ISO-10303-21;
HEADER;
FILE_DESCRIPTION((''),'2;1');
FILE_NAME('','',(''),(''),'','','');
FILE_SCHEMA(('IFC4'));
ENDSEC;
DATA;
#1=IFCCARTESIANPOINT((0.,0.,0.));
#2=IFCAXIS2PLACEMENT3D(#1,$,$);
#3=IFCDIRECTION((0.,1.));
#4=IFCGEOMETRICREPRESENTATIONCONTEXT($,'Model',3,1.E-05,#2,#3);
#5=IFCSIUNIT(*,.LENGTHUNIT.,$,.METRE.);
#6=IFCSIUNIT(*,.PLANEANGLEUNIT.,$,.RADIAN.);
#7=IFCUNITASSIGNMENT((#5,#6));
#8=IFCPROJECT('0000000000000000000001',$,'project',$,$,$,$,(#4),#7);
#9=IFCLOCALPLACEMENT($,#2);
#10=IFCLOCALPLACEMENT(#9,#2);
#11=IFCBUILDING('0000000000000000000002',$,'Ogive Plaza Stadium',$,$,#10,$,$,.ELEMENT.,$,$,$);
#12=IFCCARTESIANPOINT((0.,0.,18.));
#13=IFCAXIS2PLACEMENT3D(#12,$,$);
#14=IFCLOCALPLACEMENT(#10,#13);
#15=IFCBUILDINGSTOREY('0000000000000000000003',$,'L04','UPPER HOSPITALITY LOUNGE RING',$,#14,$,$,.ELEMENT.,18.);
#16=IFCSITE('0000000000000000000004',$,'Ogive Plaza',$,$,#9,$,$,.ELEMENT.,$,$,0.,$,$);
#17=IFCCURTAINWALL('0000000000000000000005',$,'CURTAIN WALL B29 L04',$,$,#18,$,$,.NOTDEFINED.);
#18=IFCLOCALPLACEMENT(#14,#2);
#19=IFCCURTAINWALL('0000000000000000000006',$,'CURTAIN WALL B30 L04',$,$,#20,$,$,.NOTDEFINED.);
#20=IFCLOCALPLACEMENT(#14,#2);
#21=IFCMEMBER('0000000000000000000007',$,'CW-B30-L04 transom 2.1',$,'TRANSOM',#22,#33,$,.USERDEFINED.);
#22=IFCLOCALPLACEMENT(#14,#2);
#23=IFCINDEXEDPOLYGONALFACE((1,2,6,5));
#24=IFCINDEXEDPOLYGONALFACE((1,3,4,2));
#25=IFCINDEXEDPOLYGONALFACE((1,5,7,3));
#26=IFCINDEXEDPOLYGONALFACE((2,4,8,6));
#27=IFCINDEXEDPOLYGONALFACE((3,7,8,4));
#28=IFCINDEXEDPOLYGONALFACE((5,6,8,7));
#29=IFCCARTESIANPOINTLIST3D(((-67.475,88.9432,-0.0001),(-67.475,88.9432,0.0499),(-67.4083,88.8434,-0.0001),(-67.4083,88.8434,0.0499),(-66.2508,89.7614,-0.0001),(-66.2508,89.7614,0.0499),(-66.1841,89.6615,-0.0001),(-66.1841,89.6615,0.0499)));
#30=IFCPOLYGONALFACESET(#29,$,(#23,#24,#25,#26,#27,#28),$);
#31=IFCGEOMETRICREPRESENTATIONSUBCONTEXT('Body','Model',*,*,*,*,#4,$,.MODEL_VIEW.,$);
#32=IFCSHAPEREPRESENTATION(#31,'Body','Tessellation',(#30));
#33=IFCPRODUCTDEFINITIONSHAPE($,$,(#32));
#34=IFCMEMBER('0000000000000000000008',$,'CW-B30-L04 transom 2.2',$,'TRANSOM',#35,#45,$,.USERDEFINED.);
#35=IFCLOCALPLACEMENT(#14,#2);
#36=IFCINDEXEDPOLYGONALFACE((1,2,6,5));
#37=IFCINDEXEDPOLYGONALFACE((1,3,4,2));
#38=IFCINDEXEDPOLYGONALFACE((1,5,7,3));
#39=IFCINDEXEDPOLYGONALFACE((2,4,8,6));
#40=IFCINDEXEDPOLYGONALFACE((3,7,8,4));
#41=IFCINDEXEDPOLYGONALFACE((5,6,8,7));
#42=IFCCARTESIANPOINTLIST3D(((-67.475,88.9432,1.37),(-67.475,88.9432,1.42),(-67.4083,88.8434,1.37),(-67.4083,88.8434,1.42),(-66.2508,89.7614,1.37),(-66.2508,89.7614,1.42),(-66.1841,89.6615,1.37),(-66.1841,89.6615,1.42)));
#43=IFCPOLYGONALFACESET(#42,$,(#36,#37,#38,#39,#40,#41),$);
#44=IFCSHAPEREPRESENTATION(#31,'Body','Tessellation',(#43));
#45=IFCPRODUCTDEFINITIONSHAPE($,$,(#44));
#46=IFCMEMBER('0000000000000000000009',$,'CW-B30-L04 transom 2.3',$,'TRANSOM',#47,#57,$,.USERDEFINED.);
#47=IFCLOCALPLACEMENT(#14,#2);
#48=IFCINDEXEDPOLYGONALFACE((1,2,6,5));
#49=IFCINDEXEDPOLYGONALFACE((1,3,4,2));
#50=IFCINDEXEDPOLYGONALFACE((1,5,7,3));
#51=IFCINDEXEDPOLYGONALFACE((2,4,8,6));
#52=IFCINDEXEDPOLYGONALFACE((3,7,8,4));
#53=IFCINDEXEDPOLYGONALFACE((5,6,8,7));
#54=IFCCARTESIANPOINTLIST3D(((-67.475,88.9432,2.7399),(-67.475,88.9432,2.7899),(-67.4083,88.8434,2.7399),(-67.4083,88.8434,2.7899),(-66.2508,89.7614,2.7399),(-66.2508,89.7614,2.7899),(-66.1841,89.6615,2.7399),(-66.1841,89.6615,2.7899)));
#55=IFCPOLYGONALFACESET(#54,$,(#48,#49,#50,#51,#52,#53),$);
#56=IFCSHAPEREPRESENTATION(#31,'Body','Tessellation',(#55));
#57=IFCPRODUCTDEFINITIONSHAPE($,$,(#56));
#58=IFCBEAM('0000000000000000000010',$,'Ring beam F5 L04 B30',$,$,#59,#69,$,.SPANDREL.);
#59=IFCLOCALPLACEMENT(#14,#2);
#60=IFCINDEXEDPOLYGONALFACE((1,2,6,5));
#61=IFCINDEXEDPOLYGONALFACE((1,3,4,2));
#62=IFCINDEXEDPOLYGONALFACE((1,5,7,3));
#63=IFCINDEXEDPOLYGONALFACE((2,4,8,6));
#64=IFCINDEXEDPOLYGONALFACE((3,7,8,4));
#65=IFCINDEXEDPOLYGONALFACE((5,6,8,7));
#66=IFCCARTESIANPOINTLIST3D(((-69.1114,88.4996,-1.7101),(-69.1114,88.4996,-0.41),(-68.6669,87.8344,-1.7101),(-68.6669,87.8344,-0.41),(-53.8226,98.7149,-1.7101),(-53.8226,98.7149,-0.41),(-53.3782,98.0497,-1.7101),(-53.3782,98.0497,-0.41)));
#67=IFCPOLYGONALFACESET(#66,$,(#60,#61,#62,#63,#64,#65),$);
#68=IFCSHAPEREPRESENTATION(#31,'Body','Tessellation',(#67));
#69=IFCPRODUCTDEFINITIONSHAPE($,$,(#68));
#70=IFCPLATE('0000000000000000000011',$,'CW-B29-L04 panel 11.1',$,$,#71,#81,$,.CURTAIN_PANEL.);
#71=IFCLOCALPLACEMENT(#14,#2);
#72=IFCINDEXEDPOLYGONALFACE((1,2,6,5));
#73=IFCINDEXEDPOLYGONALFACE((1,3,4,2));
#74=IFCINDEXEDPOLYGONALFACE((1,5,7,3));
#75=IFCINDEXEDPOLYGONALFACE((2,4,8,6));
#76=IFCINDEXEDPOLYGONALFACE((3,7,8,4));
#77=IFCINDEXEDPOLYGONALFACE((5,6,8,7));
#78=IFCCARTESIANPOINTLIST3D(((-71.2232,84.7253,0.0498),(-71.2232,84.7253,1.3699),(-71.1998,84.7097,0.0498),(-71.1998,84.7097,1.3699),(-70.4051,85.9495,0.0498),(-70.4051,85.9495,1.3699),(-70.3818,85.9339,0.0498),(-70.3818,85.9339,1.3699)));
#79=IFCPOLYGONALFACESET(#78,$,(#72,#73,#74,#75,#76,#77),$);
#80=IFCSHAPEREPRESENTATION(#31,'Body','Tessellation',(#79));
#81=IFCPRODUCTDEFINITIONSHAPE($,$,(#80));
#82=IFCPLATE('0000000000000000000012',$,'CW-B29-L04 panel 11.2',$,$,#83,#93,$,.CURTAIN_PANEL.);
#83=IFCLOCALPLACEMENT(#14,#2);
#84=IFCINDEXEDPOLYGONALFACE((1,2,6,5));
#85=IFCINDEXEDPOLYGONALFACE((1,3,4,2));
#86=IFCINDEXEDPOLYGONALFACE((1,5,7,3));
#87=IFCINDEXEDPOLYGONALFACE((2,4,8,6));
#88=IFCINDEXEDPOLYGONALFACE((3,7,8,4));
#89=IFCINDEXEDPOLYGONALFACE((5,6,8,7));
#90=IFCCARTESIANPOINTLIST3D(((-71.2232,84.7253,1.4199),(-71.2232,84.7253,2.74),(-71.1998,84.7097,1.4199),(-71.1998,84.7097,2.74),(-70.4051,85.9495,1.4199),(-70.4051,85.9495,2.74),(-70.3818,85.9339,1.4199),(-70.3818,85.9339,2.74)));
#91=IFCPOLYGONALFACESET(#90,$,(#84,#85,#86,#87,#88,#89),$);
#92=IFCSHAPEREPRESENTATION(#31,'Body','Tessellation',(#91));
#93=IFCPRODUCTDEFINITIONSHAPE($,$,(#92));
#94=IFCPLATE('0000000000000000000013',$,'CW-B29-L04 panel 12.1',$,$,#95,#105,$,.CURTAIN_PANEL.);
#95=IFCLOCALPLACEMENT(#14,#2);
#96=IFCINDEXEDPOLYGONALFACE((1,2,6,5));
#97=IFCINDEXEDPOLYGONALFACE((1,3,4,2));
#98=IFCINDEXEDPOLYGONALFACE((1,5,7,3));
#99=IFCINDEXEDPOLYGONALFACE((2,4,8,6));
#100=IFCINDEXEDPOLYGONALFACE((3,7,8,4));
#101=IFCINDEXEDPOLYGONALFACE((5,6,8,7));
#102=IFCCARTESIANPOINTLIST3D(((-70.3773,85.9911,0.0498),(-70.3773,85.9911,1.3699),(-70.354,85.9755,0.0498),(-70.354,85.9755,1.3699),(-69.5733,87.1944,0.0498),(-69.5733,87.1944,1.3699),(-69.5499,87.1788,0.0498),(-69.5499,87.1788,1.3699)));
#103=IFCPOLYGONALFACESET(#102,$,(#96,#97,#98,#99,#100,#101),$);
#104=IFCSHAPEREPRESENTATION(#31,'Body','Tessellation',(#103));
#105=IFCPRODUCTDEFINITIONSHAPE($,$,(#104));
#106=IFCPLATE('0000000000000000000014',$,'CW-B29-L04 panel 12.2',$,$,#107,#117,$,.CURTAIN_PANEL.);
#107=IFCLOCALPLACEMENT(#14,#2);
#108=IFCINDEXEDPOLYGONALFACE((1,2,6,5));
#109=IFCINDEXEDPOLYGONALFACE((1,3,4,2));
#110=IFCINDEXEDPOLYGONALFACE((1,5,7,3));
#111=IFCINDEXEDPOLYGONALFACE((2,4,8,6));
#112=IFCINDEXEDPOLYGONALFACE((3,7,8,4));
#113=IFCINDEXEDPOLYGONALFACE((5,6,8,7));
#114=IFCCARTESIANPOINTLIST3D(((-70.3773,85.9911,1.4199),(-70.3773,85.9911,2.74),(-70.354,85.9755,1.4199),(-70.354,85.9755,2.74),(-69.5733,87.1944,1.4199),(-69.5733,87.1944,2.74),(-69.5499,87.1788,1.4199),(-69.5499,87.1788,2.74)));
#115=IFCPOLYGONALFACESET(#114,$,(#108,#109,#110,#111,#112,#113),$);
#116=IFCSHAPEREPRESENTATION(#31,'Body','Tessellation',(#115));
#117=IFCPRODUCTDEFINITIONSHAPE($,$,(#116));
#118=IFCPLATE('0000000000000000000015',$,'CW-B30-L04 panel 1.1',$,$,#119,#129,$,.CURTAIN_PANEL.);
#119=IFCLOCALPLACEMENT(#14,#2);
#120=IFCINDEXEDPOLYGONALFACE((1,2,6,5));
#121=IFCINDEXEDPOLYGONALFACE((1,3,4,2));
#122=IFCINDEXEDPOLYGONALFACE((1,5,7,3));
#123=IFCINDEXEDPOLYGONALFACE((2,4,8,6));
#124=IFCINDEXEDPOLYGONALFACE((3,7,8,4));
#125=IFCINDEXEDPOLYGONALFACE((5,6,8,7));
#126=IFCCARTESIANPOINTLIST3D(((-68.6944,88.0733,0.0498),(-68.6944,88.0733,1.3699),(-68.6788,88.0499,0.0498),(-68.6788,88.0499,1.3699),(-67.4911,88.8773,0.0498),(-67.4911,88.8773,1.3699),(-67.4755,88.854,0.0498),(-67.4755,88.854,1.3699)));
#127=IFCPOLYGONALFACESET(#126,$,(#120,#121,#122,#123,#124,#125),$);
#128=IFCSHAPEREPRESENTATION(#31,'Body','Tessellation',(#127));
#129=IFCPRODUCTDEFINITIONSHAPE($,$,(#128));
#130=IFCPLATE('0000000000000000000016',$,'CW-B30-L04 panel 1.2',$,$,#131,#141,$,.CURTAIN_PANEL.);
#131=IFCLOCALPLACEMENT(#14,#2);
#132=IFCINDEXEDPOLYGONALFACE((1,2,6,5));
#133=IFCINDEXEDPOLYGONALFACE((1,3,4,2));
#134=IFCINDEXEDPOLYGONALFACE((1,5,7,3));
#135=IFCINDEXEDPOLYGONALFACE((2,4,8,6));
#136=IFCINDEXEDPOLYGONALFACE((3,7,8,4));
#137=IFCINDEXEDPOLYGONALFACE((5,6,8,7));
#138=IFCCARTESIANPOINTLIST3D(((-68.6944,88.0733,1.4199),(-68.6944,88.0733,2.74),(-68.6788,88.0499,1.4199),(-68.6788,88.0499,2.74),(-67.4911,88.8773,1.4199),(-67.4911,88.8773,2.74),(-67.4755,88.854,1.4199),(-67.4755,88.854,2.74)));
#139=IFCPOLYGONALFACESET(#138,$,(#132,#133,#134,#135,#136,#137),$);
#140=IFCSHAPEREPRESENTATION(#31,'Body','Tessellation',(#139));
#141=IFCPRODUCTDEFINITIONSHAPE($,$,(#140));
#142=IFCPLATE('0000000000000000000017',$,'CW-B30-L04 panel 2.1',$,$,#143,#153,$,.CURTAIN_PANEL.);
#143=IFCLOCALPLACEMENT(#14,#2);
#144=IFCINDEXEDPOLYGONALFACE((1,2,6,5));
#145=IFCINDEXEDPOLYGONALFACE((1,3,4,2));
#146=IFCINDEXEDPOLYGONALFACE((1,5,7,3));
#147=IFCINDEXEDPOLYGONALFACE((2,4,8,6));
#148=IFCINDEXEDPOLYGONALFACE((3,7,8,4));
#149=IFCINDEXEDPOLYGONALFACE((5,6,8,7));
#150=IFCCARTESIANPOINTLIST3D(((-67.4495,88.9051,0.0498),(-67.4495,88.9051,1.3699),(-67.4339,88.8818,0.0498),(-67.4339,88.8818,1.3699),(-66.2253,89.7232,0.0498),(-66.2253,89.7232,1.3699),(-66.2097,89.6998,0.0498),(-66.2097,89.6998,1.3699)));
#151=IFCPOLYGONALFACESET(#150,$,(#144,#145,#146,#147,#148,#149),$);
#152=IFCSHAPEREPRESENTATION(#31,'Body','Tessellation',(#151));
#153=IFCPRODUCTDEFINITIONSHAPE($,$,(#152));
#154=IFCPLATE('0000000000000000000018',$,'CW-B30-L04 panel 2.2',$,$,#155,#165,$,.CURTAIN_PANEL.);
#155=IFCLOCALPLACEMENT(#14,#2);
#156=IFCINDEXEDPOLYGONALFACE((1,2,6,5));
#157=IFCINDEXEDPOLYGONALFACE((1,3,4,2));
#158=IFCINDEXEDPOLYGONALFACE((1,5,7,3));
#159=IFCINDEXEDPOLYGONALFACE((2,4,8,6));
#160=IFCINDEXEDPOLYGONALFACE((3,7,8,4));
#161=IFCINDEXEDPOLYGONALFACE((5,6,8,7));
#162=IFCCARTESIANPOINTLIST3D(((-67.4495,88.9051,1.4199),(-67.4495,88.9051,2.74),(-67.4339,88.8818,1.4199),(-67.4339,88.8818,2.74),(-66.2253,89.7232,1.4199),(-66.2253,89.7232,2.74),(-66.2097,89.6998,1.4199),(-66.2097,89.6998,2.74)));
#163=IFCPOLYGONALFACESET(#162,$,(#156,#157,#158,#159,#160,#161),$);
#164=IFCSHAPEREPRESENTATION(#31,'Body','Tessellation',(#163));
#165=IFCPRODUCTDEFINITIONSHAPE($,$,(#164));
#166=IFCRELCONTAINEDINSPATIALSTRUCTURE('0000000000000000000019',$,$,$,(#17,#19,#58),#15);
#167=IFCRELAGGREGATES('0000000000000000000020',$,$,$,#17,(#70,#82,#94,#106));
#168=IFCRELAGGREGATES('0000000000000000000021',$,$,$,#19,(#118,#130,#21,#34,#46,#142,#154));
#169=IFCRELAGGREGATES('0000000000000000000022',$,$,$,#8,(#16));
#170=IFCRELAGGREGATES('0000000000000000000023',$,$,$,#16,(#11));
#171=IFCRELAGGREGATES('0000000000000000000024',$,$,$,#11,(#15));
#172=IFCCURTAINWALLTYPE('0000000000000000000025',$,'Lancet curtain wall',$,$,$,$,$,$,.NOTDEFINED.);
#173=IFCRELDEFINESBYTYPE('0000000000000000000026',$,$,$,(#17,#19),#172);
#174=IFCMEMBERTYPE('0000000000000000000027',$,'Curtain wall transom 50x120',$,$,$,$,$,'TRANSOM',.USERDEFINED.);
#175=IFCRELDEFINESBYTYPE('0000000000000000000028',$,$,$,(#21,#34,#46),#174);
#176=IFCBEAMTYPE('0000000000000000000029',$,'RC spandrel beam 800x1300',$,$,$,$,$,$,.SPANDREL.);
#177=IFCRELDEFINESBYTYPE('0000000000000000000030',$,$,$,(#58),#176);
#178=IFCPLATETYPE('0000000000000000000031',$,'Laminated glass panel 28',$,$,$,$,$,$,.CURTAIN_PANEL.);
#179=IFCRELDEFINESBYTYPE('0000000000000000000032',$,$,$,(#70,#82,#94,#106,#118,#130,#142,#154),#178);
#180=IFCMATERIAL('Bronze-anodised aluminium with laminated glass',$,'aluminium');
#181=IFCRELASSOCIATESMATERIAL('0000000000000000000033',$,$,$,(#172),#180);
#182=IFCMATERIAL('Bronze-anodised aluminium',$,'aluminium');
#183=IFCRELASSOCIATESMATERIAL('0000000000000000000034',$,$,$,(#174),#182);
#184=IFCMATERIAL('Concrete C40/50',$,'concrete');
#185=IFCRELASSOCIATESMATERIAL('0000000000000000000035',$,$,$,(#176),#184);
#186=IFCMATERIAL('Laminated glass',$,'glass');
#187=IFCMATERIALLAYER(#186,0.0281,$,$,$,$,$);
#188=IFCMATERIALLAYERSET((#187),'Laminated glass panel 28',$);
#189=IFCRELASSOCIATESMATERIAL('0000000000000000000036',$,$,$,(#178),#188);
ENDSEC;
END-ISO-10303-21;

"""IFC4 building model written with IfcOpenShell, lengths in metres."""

from ifc_helpers import new_model, si_unit, direction, frame, origin, origin_2d, place, context, subcontext, project, spatial, rectangle, extrude, material, layer, layer_set, material_profile, profile_set, type_object, element, aggregate, save


model = new_model("IFC4")

# Units and contexts
model_context = context("Model", 3, precision=1e-05, world=origin(), true_north=direction((0.0, 1.0)))
body_context = subcontext(model_context, "Body", "Model", "MODEL_VIEW")
ifc_project = project(units=[si_unit("LENGTHUNIT", "METRE"), si_unit("PLANEANGLEUNIT", "RADIAN")], contexts=[model_context])

# Site, building, storey
site_placement = place(None, origin())
site = spatial("IfcSite", under=ifc_project, at=site_placement, Name="Ogive Plaza", CompositionType="ELEMENT", RefElevation=0.0)
building_placement = place(site_placement, origin())
building = spatial("IfcBuilding", under=site, at=building_placement, Name="Ogive Plaza Stadium", CompositionType="ELEMENT")
storey_placement = place(building_placement, frame((0.0, 0.0, 18.0)))
storey = spatial("IfcBuildingStorey", under=building, at=storey_placement, Name="L04", Description="UPPER HOSPITALITY LOUNGE RING", CompositionType="ELEMENT", Elevation=18.0)

# Curtain walls
ifc_material_1 = material(Name="Bronze-anodised aluminium with laminated glass", Category="aluminium")
curtain_wall_type = type_object("IfcCurtainWallType", Name="Lancet curtain wall", PredefinedType="NOTDEFINED", material=ifc_material_1)
curtain_wall_1_placement = place(storey_placement, origin())
curtain_wall_1 = element("IfcCurtainWall", 1, at=curtain_wall_1_placement, inside=storey, type_object=curtain_wall_type, Name="CURTAIN WALL B29 L04", PredefinedType="NOTDEFINED")
curtain_wall_2_placement = place(storey_placement, origin())
curtain_wall_2 = element("IfcCurtainWall", 2, at=curtain_wall_2_placement, inside=storey, type_object=curtain_wall_type, Name="CURTAIN WALL B30 L04", PredefinedType="NOTDEFINED")

# Members
ifc_material_2 = material(Name="Bronze-anodised aluminium", Category="aluminium")
ifc_material_profile_1 = material_profile(ifc_material_2, rectangle(XDim=0.1201, YDim=0.05, at=origin_2d()), Name="AL 120x50")
ifc_profile_set_1 = profile_set([ifc_material_profile_1], Name="Bronze-anodised aluminium")
member_type_1 = type_object("IfcMemberType", Name="Curtain wall transom 50x120", ElementType="TRANSOM", PredefinedType="USERDEFINED", material=ifc_profile_set_1)
member_1_placement = place(storey_placement, frame((-67.4417, 88.8933, 0.0249), z_axis=(0.831412, 0.555656, 0.0), x_axis=(-0.555656, 0.831412, 0.0)))
member_1 = element("IfcMember", 3, at=member_1_placement, type_object=member_type_1, Name="CW-B30-L04 transom 2.1", ObjectType="TRANSOM", PredefinedType="USERDEFINED", context=body_context, shape_type="SweptSolid", body=[
    extrude(rectangle(XDim=0.1201, YDim=0.05, at=origin_2d()), origin(), (0.0, 0.0, 1.0), 1.4724),
])
member_2_placement = place(storey_placement, frame((-67.4417, 88.8933, 1.395), z_axis=(0.831412, 0.555656, 0.0), x_axis=(-0.555656, 0.831412, 0.0)))
member_2 = element("IfcMember", 4, at=member_2_placement, type_object=member_type_1, Name="CW-B30-L04 transom 2.2", ObjectType="TRANSOM", PredefinedType="USERDEFINED", context=body_context, shape_type="SweptSolid", body=[
    extrude(rectangle(XDim=0.1201, YDim=0.05, at=origin_2d()), origin(), (0.0, 0.0, 1.0), 1.4724),
])
member_3_placement = place(storey_placement, frame((-67.4417, 88.8933, 2.7649), z_axis=(0.831412, 0.555656, 0.0), x_axis=(-0.555656, 0.831412, 0.0)))
member_3 = element("IfcMember", 5, at=member_3_placement, type_object=member_type_1, Name="CW-B30-L04 transom 2.3", ObjectType="TRANSOM", PredefinedType="USERDEFINED", context=body_context, shape_type="SweptSolid", body=[
    extrude(rectangle(XDim=0.1201, YDim=0.05, at=origin_2d()), origin(), (0.0, 0.0, 1.0), 1.4724),
])

# Beam
ifc_material_3 = material(Name="Concrete C40/50", Category="concrete")
ifc_material_profile_2 = material_profile(ifc_material_3, rectangle(XDim=0.8, YDim=1.3, at=origin_2d()), Name="RC 800x1300")
ifc_profile_set_2 = profile_set([ifc_material_profile_2], Name="Concrete C40/50")
beam_type = type_object("IfcBeamType", Name="RC spandrel beam 800x1300", PredefinedType="SPANDREL", material=ifc_profile_set_2)
beam_placement = place(storey_placement, frame((-68.8892, 88.167, -1.0601), z_axis=(0.831478, 0.555558, 0.0), x_axis=(-0.555558, 0.831478, 0.0)))
element("IfcBeam", 6, at=beam_placement, inside=storey, type_object=beam_type, Name="Ring beam F5 L04 B30", PredefinedType="SPANDREL", context=body_context, shape_type="SweptSolid", body=[
    extrude(rectangle(XDim=0.8, YDim=1.3, at=origin_2d()), origin(), (0.0, 0.0, 1.0), 18.3875),
])

# Plates
ifc_material_4 = material(Name="Laminated glass", Category="glass")
ifc_layer = layer(ifc_material_4, 0.0281)
ifc_layer_set = layer_set([ifc_layer], Name="Laminated glass panel 28")
plate_type = type_object("IfcPlateType", Name="Laminated glass panel 28", PredefinedType="CURTAIN_PANEL", material=ifc_layer_set)
plate_1_placement = place(storey_placement, frame((-70.8025, 85.3296, 0.0498), z_axis=(0.0, 0.0, 1.0), x_axis=(0.55557, 0.83147, 0.0)))
plate_1 = element("IfcPlate", 7, at=plate_1_placement, type_object=plate_type, Name="CW-B29-L04 panel 11.1", PredefinedType="CURTAIN_PANEL", context=body_context, shape_type="SweptSolid", body=[
    extrude(rectangle(XDim=1.4724, YDim=0.0281, at=origin_2d()), origin(), (0.0, 0.0, 1.0), 1.3201),
])
plate_2_placement = place(storey_placement, frame((-70.8025, 85.3296, 1.4199), z_axis=(0.0, 0.0, 1.0), x_axis=(0.55557, 0.83147, 0.0)))
plate_2 = element("IfcPlate", 8, at=plate_2_placement, type_object=plate_type, Name="CW-B29-L04 panel 11.2", PredefinedType="CURTAIN_PANEL", context=body_context, shape_type="SweptSolid", body=[
    extrude(rectangle(XDim=1.4724, YDim=0.0281, at=origin_2d()), origin(), (0.0, 0.0, 1.0), 1.3201),
])
plate_3_placement = place(storey_placement, frame((-69.9636, 86.585, 0.0498), z_axis=(0.0, 0.0, 1.0), x_axis=(0.55557, 0.83147, 0.0)))
plate_3 = element("IfcPlate", 9, at=plate_3_placement, type_object=plate_type, Name="CW-B29-L04 panel 12.1", PredefinedType="CURTAIN_PANEL", context=body_context, shape_type="SweptSolid", body=[
    extrude(rectangle(XDim=1.4473, YDim=0.0281, at=origin_2d()), origin(), (0.0, 0.0, 1.0), 1.3201),
])
plate_4_placement = place(storey_placement, frame((-69.9636, 86.585, 1.4199), z_axis=(0.0, 0.0, 1.0), x_axis=(0.55557, 0.83147, 0.0)))
plate_4 = element("IfcPlate", 10, at=plate_4_placement, type_object=plate_type, Name="CW-B29-L04 panel 12.2", PredefinedType="CURTAIN_PANEL", context=body_context, shape_type="SweptSolid", body=[
    extrude(rectangle(XDim=1.4473, YDim=0.0281, at=origin_2d()), origin(), (0.0, 0.0, 1.0), 1.3201),
])
aggregate(curtain_wall_1, [plate_1, plate_2, plate_3, plate_4])
plate_5_placement = place(storey_placement, frame((-68.085, 88.4636, 0.0498), z_axis=(0.0, 0.0, 1.0), x_axis=(0.83147, 0.55557, 0.0)))
plate_5 = element("IfcPlate", 11, at=plate_5_placement, type_object=plate_type, Name="CW-B30-L04 panel 1.1", PredefinedType="CURTAIN_PANEL", context=body_context, shape_type="SweptSolid", body=[
    extrude(rectangle(XDim=1.4473, YDim=0.0281, at=origin_2d()), origin(), (0.0, 0.0, 1.0), 1.3201),
])
plate_6_placement = place(storey_placement, frame((-68.085, 88.4636, 1.4199), z_axis=(0.0, 0.0, 1.0), x_axis=(0.83147, 0.55557, 0.0)))
plate_6 = element("IfcPlate", 12, at=plate_6_placement, type_object=plate_type, Name="CW-B30-L04 panel 1.2", PredefinedType="CURTAIN_PANEL", context=body_context, shape_type="SweptSolid", body=[
    extrude(rectangle(XDim=1.4473, YDim=0.0281, at=origin_2d()), origin(), (0.0, 0.0, 1.0), 1.3201),
])
plate_7_placement = place(storey_placement, frame((-66.8296, 89.3025, 0.0498), z_axis=(0.0, 0.0, 1.0), x_axis=(0.83147, 0.55557, 0.0)))
plate_7 = element("IfcPlate", 13, at=plate_7_placement, type_object=plate_type, Name="CW-B30-L04 panel 2.1", PredefinedType="CURTAIN_PANEL", context=body_context, shape_type="SweptSolid", body=[
    extrude(rectangle(XDim=1.4724, YDim=0.0281, at=origin_2d()), origin(), (0.0, 0.0, 1.0), 1.3201),
])
plate_8_placement = place(storey_placement, frame((-66.8296, 89.3025, 1.4199), z_axis=(0.0, 0.0, 1.0), x_axis=(0.83147, 0.55557, 0.0)))
plate_8 = element("IfcPlate", 14, at=plate_8_placement, type_object=plate_type, Name="CW-B30-L04 panel 2.2", PredefinedType="CURTAIN_PANEL", context=body_context, shape_type="SweptSolid", body=[
    extrude(rectangle(XDim=1.4724, YDim=0.0281, at=origin_2d()), origin(), (0.0, 0.0, 1.0), 1.3201),
])
aggregate(curtain_wall_2, [plate_5, plate_6, member_1, member_2, member_3, plate_7, plate_8])

save(model, "model.ifc")
